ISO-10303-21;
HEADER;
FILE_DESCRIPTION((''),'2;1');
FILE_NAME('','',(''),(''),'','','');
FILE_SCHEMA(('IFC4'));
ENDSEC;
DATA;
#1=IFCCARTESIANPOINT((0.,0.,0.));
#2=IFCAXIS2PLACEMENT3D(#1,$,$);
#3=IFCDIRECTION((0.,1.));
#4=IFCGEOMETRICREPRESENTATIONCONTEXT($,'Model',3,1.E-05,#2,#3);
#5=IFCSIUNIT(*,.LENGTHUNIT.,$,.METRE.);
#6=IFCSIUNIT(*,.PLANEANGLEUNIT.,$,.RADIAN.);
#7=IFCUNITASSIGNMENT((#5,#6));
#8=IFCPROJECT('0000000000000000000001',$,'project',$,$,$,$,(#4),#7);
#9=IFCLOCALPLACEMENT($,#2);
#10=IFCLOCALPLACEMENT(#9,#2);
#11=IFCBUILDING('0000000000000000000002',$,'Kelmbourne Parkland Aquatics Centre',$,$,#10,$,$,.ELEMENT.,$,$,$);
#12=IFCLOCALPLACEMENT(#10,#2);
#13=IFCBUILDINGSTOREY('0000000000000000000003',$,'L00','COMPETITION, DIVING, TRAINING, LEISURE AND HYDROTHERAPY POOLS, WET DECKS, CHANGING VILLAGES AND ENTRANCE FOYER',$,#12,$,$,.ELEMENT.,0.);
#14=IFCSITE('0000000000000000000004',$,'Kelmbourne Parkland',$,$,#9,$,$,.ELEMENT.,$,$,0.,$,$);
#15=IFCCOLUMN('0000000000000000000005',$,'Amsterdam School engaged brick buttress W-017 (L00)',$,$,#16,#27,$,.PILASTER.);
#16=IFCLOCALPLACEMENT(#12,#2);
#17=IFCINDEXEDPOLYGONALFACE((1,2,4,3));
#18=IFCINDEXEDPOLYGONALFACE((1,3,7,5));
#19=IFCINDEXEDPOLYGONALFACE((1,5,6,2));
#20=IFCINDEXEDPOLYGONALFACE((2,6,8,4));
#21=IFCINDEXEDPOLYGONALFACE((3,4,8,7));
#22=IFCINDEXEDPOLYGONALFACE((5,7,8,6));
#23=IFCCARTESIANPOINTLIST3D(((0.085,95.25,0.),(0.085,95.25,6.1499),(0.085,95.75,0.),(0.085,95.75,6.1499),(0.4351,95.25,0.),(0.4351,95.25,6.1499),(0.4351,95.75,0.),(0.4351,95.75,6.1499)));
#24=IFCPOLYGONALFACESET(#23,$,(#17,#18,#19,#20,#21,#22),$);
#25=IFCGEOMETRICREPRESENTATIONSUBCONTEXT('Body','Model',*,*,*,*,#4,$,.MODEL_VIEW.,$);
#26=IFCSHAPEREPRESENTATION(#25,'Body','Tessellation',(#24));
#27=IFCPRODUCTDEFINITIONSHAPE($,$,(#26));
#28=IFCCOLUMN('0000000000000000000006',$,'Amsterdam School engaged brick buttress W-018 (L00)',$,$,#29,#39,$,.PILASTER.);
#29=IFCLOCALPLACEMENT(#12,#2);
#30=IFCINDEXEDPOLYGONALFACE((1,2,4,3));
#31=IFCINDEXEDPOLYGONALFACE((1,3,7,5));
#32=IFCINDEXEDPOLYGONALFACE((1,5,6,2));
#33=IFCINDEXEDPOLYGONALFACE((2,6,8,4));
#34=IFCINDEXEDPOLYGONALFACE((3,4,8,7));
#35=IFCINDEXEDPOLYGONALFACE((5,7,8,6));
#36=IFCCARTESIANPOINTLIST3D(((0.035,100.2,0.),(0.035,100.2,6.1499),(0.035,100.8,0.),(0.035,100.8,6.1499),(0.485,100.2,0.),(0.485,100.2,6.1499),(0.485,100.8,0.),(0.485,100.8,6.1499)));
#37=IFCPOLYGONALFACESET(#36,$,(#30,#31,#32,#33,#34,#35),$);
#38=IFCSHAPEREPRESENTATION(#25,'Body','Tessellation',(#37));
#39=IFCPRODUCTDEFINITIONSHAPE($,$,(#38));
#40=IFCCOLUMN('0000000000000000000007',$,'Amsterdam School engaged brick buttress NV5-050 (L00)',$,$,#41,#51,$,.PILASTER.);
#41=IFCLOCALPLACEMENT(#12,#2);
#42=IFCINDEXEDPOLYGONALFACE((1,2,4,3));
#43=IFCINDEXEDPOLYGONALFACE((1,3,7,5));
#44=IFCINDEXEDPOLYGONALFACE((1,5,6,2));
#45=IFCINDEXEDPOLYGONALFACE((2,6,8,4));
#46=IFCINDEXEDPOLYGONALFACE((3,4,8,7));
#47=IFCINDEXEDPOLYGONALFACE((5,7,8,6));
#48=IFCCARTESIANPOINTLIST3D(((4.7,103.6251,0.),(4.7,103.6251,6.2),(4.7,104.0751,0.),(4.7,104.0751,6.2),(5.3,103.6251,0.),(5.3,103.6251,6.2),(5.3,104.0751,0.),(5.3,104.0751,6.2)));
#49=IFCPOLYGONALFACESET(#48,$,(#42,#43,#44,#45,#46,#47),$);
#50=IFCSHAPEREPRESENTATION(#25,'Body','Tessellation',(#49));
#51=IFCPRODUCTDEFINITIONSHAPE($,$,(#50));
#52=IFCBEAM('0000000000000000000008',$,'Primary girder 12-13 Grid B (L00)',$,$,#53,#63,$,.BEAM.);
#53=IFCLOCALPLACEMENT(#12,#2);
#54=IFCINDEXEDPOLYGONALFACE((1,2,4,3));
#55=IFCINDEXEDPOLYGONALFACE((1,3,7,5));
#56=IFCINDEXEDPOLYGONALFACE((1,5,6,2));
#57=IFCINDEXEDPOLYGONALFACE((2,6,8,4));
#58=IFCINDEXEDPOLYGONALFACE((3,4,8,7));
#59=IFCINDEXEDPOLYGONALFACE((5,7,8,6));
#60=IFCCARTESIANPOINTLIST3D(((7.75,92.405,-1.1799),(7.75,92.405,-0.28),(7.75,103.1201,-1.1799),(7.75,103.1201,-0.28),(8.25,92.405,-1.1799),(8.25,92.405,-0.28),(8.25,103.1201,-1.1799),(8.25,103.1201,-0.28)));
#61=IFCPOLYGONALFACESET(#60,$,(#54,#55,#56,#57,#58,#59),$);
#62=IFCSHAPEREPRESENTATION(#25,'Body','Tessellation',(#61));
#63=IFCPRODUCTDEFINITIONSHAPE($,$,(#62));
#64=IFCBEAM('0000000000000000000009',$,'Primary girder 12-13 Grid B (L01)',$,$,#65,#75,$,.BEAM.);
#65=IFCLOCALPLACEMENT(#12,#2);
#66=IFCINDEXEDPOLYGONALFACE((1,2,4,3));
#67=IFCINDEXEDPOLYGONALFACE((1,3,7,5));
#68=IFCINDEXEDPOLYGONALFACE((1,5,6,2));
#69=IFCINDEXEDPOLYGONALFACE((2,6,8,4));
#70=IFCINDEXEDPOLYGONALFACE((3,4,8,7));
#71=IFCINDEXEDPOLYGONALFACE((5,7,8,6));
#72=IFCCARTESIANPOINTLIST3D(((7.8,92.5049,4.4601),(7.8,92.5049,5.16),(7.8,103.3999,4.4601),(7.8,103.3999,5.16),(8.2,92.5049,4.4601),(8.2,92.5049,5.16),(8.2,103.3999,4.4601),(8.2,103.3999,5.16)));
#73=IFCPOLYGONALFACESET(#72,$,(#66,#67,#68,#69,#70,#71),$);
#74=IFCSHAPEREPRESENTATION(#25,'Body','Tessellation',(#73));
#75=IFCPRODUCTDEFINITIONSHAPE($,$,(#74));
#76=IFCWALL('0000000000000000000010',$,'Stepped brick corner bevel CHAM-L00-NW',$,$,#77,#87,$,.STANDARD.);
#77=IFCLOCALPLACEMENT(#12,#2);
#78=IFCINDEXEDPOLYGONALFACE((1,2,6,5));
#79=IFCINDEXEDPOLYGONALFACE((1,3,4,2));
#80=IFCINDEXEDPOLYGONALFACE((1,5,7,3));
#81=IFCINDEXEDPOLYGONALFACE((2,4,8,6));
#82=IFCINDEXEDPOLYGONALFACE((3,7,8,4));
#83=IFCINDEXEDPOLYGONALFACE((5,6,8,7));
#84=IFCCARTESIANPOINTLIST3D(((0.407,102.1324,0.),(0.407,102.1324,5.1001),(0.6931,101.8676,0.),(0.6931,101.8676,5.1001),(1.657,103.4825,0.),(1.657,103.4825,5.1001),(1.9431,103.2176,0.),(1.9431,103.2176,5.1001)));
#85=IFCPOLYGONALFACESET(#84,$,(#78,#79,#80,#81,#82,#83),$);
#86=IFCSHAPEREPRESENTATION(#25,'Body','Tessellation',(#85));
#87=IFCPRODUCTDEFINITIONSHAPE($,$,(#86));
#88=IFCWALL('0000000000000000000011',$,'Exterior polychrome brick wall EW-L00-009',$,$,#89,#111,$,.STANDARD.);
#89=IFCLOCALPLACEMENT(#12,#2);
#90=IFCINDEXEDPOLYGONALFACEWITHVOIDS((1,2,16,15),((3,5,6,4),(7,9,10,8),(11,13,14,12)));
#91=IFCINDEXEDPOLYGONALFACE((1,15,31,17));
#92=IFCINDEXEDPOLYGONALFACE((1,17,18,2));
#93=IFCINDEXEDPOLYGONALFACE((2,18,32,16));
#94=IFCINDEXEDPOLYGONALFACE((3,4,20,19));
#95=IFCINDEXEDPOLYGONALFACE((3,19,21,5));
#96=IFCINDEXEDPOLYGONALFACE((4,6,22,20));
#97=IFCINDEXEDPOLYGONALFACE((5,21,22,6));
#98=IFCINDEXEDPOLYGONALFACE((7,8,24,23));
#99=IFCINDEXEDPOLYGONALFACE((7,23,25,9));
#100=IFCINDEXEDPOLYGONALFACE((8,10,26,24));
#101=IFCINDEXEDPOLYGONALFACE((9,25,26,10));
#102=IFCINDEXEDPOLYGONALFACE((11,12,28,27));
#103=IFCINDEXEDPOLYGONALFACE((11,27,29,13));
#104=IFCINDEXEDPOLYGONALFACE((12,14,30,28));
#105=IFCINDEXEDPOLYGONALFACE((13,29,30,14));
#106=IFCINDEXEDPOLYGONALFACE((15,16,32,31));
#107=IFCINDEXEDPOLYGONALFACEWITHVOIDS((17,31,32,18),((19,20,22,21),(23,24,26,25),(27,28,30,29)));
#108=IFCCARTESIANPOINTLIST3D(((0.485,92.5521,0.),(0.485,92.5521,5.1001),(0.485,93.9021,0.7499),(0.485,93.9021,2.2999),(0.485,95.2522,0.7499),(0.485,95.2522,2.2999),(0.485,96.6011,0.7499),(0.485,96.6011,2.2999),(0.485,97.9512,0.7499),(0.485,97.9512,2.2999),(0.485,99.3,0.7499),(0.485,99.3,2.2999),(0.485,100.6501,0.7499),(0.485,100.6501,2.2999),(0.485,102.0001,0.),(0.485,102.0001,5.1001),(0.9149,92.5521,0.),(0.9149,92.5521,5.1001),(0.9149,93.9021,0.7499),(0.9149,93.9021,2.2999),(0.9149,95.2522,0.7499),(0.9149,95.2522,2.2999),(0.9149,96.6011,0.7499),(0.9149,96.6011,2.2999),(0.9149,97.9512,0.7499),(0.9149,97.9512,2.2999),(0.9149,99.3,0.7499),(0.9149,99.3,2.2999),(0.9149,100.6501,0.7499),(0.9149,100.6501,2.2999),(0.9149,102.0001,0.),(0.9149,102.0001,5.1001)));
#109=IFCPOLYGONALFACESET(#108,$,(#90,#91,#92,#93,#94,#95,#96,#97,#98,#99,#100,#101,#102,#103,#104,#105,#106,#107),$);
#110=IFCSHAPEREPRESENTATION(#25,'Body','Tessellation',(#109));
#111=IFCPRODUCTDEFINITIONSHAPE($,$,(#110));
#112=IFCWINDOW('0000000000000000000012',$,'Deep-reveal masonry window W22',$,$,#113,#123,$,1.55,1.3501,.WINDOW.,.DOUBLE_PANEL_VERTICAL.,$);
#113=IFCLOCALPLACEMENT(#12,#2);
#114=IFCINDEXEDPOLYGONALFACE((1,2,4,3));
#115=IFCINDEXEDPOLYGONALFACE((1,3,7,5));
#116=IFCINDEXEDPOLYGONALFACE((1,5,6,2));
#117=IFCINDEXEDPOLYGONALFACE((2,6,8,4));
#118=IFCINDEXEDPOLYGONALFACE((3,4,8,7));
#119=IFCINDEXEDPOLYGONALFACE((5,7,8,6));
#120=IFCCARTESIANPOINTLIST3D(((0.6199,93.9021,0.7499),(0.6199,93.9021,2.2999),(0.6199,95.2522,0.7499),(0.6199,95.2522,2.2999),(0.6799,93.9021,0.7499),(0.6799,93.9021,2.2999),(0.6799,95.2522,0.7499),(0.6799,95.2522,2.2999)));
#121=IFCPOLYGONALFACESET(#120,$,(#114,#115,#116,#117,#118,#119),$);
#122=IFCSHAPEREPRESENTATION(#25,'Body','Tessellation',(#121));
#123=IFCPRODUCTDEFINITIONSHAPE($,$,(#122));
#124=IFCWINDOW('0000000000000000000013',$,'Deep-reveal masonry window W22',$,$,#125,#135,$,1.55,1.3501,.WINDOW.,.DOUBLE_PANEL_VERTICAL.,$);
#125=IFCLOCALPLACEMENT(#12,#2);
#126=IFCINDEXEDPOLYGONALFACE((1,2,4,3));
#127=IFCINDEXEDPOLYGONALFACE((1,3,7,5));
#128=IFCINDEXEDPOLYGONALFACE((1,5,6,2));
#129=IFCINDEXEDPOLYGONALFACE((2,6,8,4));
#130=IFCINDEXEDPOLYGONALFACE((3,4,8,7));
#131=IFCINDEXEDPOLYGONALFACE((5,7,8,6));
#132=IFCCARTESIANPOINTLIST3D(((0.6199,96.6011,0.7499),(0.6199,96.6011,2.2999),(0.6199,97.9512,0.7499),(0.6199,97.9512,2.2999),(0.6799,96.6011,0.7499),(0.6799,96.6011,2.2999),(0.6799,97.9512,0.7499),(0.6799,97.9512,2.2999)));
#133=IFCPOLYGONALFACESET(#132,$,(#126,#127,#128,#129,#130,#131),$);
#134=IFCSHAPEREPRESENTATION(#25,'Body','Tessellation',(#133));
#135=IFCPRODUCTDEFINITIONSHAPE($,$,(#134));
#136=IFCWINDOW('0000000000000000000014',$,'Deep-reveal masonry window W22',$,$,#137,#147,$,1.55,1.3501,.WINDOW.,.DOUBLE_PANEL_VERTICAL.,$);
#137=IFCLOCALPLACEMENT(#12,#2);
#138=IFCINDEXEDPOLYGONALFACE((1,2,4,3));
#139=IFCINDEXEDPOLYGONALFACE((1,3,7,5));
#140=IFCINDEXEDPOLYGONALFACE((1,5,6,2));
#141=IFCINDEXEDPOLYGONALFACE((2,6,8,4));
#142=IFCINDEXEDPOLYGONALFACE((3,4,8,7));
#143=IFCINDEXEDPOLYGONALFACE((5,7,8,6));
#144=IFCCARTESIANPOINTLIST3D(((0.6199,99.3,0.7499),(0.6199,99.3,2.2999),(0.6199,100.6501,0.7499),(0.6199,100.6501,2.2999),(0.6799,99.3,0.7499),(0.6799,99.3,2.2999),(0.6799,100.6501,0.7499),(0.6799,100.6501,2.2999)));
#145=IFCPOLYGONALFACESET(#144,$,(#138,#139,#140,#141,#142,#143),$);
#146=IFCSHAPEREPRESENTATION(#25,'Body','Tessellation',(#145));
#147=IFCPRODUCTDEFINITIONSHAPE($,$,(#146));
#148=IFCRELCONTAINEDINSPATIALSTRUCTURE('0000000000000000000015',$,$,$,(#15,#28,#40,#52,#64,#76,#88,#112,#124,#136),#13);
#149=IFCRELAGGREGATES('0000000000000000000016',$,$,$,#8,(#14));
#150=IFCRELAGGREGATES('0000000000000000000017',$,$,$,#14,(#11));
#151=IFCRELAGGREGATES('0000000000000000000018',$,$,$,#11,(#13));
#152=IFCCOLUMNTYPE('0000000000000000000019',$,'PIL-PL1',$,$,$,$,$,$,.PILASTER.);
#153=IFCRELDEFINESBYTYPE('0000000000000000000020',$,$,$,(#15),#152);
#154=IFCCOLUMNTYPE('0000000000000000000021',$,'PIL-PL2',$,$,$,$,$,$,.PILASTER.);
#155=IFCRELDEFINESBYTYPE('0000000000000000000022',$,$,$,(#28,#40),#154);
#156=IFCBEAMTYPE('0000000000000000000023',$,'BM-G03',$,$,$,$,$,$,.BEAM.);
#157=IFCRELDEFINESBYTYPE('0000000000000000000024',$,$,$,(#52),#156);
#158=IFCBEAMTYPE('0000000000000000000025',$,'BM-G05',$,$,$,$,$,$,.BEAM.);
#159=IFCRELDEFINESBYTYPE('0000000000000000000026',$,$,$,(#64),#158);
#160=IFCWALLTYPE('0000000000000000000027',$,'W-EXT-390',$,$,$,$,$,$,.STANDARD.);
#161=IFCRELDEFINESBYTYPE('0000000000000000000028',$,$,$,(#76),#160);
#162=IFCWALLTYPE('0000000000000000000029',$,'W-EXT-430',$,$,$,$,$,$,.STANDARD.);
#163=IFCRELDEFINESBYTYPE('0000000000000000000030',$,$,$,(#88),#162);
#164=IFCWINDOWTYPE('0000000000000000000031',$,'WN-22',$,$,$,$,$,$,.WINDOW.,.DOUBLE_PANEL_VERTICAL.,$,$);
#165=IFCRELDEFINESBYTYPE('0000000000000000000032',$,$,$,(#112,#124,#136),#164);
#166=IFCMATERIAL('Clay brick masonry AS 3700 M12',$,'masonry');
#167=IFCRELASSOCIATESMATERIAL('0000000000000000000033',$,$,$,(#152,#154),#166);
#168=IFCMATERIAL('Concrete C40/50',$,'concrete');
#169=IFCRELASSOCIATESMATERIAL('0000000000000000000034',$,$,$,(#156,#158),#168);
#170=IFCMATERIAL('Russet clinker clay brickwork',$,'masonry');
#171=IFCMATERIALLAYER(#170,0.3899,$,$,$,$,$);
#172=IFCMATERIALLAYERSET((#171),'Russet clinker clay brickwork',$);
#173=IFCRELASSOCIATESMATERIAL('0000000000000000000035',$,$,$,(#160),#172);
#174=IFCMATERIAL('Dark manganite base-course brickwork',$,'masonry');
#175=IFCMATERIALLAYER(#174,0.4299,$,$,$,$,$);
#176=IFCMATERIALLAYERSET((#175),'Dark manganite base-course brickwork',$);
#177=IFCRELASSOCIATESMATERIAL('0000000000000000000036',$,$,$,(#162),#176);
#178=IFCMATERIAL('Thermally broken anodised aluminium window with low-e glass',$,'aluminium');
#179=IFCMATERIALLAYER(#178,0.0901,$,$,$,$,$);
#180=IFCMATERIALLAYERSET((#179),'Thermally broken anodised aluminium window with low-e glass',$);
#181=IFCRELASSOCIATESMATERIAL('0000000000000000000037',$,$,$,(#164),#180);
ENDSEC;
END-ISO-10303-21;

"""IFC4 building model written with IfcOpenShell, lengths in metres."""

from ifc_helpers import new_model, si_unit, direction, frame, frame_2d, origin, origin_2d, place, context, subcontext, project, spatial, rectangle, extrude, material, layer, layer_set, material_profile, profile_set, type_object, element, fill, save


model = new_model("IFC4")

# Units and contexts
model_context = context("Model", 3, precision=1e-05, world=origin(), true_north=direction((0.0, 1.0)))
body_context = subcontext(model_context, "Body", "Model", "MODEL_VIEW")
ifc_project = project(units=[si_unit("LENGTHUNIT", "METRE"), si_unit("PLANEANGLEUNIT", "RADIAN")], contexts=[model_context])

# Site, building, storey
site_placement = place(None, origin())
site = spatial("IfcSite", under=ifc_project, at=site_placement, Name="Kelmbourne Parkland", CompositionType="ELEMENT", RefElevation=0.0)
building_placement = place(site_placement, origin())
building = spatial("IfcBuilding", under=site, at=building_placement, Name="Kelmbourne Parkland Aquatics Centre", CompositionType="ELEMENT")
storey_placement = place(building_placement, origin())
storey = spatial("IfcBuildingStorey", under=building, at=storey_placement, Name="L00", Description="COMPETITION, DIVING, TRAINING, LEISURE AND HYDROTHERAPY POOLS, WET DECKS, CHANGING VILLAGES AND ENTRANCE FOYER", CompositionType="ELEMENT", Elevation=0.0)

# Columns
ifc_material_1 = material(Name="Clay brick masonry AS 3700 M12", Category="masonry")
ifc_material_profile_1 = material_profile(ifc_material_1, rectangle(XDim=0.3501, YDim=0.5, at=origin_2d()), Name="PIL 350x500")
ifc_profile_set_1 = profile_set([ifc_material_profile_1], Name="Clay brick masonry AS 3700 M12")
column_type_1 = type_object("IfcColumnType", Name="PIL-PL1", PredefinedType="PILASTER", material=ifc_profile_set_1)
column_1_placement = place(storey_placement, frame((0.26, 95.5, 0.0), z_axis=(0.0, 0.0, 1.0), x_axis=(1.0, 0.0, 0.0)))
element("IfcColumn", 1, at=column_1_placement, inside=storey, type_object=column_type_1, Name="Amsterdam School engaged brick buttress W-017 (L00)", PredefinedType="PILASTER", context=body_context, shape_type="SweptSolid", body=[
    extrude(rectangle(XDim=0.3501, YDim=0.5, at=origin_2d()), origin(), (0.0, 0.0, 1.0), 6.1499),
])
ifc_material_profile_2 = material_profile(ifc_material_1, rectangle(XDim=0.45, YDim=0.6001, at=origin_2d()), Name="PIL 450x600")
ifc_profile_set_2 = profile_set([ifc_material_profile_2], Name="Clay brick masonry AS 3700 M12")
column_type_2 = type_object("IfcColumnType", Name="PIL-PL2", PredefinedType="PILASTER", material=ifc_profile_set_2)
column_2_placement = place(storey_placement, frame((0.26, 100.5, 0.0), z_axis=(0.0, 0.0, 1.0), x_axis=(1.0, 0.0, 0.0)))
element("IfcColumn", 2, at=column_2_placement, inside=storey, type_object=column_type_2, Name="Amsterdam School engaged brick buttress W-018 (L00)", PredefinedType="PILASTER", context=body_context, shape_type="SweptSolid", body=[
    extrude(rectangle(XDim=0.45, YDim=0.6001, at=origin_2d()), origin(), (0.0, 0.0, 1.0), 6.1499),
])
column_3_placement = place(storey_placement, frame((5.0, 103.8501, 0.0), z_axis=(0.0, 0.0, 1.0), x_axis=(0.0, 1.0, 0.0)))
element("IfcColumn", 3, at=column_3_placement, inside=storey, type_object=column_type_2, Name="Amsterdam School engaged brick buttress NV5-050 (L00)", PredefinedType="PILASTER", context=body_context, shape_type="SweptSolid", body=[
    extrude(rectangle(XDim=0.45, YDim=0.6001, at=origin_2d()), origin(), (0.0, 0.0, 1.0), 6.2),
])

# Beams
ifc_material_2 = material(Name="Concrete C40/50", Category="concrete")
ifc_material_profile_3 = material_profile(ifc_material_2, rectangle(XDim=0.5, YDim=0.8999, at=origin_2d()), Name="RC 500x900")
ifc_profile_set_3 = profile_set([ifc_material_profile_3], Name="Concrete C40/50")
beam_type_1 = type_object("IfcBeamType", Name="BM-G03", PredefinedType="BEAM", material=ifc_profile_set_3)
beam_1_placement = place(storey_placement, frame((8.0, 92.405, -0.73), z_axis=(0.0, 1.0, 0.0), x_axis=(-1.0, 0.0, 0.0)))
element("IfcBeam", 4, at=beam_1_placement, inside=storey, type_object=beam_type_1, Name="Primary girder 12-13 Grid B (L00)", PredefinedType="BEAM", context=body_context, shape_type="SweptSolid", body=[
    extrude(rectangle(XDim=0.5, YDim=0.8999, at=origin_2d()), origin(), (0.0, 0.0, 1.0), 10.7151),
])
ifc_material_profile_4 = material_profile(ifc_material_2, rectangle(XDim=0.3999, YDim=0.7, at=origin_2d()), Name="RC 400x700")
ifc_profile_set_4 = profile_set([ifc_material_profile_4], Name="Concrete C40/50")
beam_type_2 = type_object("IfcBeamType", Name="BM-G05", PredefinedType="BEAM", material=ifc_profile_set_4)
beam_2_placement = place(storey_placement, frame((8.0, 92.5049, 4.8101), z_axis=(0.0, 1.0, 0.0), x_axis=(-1.0, 0.0, 0.0)))
element("IfcBeam", 5, at=beam_2_placement, inside=storey, type_object=beam_type_2, Name="Primary girder 12-13 Grid B (L01)", PredefinedType="BEAM", context=body_context, shape_type="SweptSolid", body=[
    extrude(rectangle(XDim=0.3999, YDim=0.7, at=origin_2d()), origin(), (0.0, 0.0, 1.0), 10.895),
])

# Wall
ifc_material_3 = material(Name="Russet clinker clay brickwork", Category="masonry")
ifc_layer_1 = layer(ifc_material_3, 0.3899)
ifc_layer_set_1 = layer_set([ifc_layer_1], Name="Russet clinker clay brickwork")
wall_type_1 = type_object("IfcWallType", Name="W-EXT-390", PredefinedType="STANDARD", material=ifc_layer_set_1)
wall_1_placement = place(storey_placement, frame((0.55, 102.0, 0.0), z_axis=(0.0, 0.0, 1.0), x_axis=(0.679382, 0.733785, 0.0)))
element("IfcWall", 6, at=wall_1_placement, inside=storey, type_object=wall_type_1, Name="Stepped brick corner bevel CHAM-L00-NW", PredefinedType="STANDARD", context=body_context, shape_type="SweptSolid", body=[
    extrude(rectangle(XDim=1.8398, YDim=0.3899, at=frame_2d((0.9199, 0.0))), origin(), (0.0, 0.0, 1.0), 5.1001),
])

# Wall, openings, windows
ifc_material_4 = material(Name="Dark manganite base-course brickwork", Category="masonry")
ifc_layer_2 = layer(ifc_material_4, 0.4299)
ifc_layer_set_2 = layer_set([ifc_layer_2], Name="Dark manganite base-course brickwork")
wall_type_2 = type_object("IfcWallType", Name="W-EXT-430", PredefinedType="STANDARD", material=ifc_layer_set_2)
wall_2_placement = place(storey_placement, frame((0.7, 92.552, 0.0), z_axis=(0.0, 0.0, 1.0), x_axis=(0.0, 1.0, 0.0)))
wall_2 = element("IfcWall", 7, at=wall_2_placement, inside=storey, type_object=wall_type_2, Name="Exterior polychrome brick wall EW-L00-009", PredefinedType="STANDARD", context=body_context, shape_type="SweptSolid", body=[
    extrude(rectangle(XDim=9.448, YDim=0.4299, at=frame_2d((4.7241, 0.0))), origin(), (0.0, 0.0, 1.0), 5.1001),
])
opening_1_placement = place(wall_2_placement, frame((1.3501, 0.0, 0.75)))
opening_1 = element("IfcOpeningElement", 8, at=opening_1_placement, cuts=wall_2, PredefinedType="OPENING", context=body_context, shape_type="SweptSolid", body=[
    extrude(rectangle(XDim=1.3501, YDim=1.55, at=frame_2d((0.675, 0.7749))), frame((0.0, 0.2271, 0.0), z_axis=(0.0, -1.0, 0.0), x_axis=(1.0, 0.0, 0.0)), (0.0, 0.0, 1.0), 0.4539),
])
opening_2_placement = place(wall_2_placement, frame((4.0491, 0.0, 0.75)))
opening_2 = element("IfcOpeningElement", 9, at=opening_2_placement, cuts=wall_2, PredefinedType="OPENING", context=body_context, shape_type="SweptSolid", body=[
    extrude(rectangle(XDim=1.3501, YDim=1.55, at=frame_2d((0.675, 0.7749))), frame((0.0, 0.2271, 0.0), z_axis=(0.0, -1.0, 0.0), x_axis=(1.0, 0.0, 0.0)), (0.0, 0.0, 1.0), 0.4539),
])
opening_3_placement = place(wall_2_placement, frame((6.748, 0.0, 0.75)))
opening_3 = element("IfcOpeningElement", 10, at=opening_3_placement, cuts=wall_2, PredefinedType="OPENING", context=body_context, shape_type="SweptSolid", body=[
    extrude(rectangle(XDim=1.3501, YDim=1.55, at=frame_2d((0.675, 0.7749))), frame((0.0, 0.2271, 0.0), z_axis=(0.0, -1.0, 0.0), x_axis=(1.0, 0.0, 0.0)), (0.0, 0.0, 1.0), 0.4539),
])
ifc_material_5 = material(Name="Thermally broken anodised aluminium window with low-e glass", Category="aluminium")
ifc_layer_3 = layer(ifc_material_5, 0.0901)
ifc_layer_set_3 = layer_set([ifc_layer_3], Name="Thermally broken anodised aluminium window with low-e glass")
window_type_1 = type_object("IfcWindowType", Name="WN-22", PartitioningType="DOUBLE_PANEL_VERTICAL", PredefinedType="WINDOW", material=ifc_layer_set_3)
window_1_placement = place(opening_1_placement, origin())
window_1 = element("IfcWindow", 11, at=window_1_placement, inside=storey, type_object=window_type_1, Name="Deep-reveal masonry window W22", OverallHeight=1.55, OverallWidth=1.3501, PartitioningType="DOUBLE_PANEL_VERTICAL", PredefinedType="WINDOW", context=body_context, shape_type="SweptSolid", body=[
    extrude(rectangle(XDim=1.3501, YDim=1.55, at=frame_2d((0.675, 0.7749))), frame((0.0, 0.0801, 0.0), z_axis=(0.0, -1.0, 0.0), x_axis=(1.0, 0.0, 0.0)), (0.0, 0.0, 1.0), 0.0601),
])
fill(opening_1, window_1)
window_2_placement = place(opening_2_placement, origin())
window_2 = element("IfcWindow", 12, at=window_2_placement, inside=storey, type_object=window_type_1, Name="Deep-reveal masonry window W22", OverallHeight=1.55, OverallWidth=1.3501, PartitioningType="DOUBLE_PANEL_VERTICAL", PredefinedType="WINDOW", context=body_context, shape_type="SweptSolid", body=[
    extrude(rectangle(XDim=1.3501, YDim=1.55, at=frame_2d((0.675, 0.7749))), frame((0.0, 0.0801, 0.0), z_axis=(0.0, -1.0, 0.0), x_axis=(1.0, 0.0, 0.0)), (0.0, 0.0, 1.0), 0.0601),
])
fill(opening_2, window_2)
window_3_placement = place(opening_3_placement, origin())
window_3 = element("IfcWindow", 13, at=window_3_placement, inside=storey, type_object=window_type_1, Name="Deep-reveal masonry window W22", OverallHeight=1.55, OverallWidth=1.3501, PartitioningType="DOUBLE_PANEL_VERTICAL", PredefinedType="WINDOW", context=body_context, shape_type="SweptSolid", body=[
    extrude(rectangle(XDim=1.3501, YDim=1.55, at=frame_2d((0.675, 0.7749))), frame((0.0, 0.0801, 0.0), z_axis=(0.0, -1.0, 0.0), x_axis=(1.0, 0.0, 0.0)), (0.0, 0.0, 1.0), 0.0601),
])
fill(opening_3, window_3)

save(model, "model.ifc")
